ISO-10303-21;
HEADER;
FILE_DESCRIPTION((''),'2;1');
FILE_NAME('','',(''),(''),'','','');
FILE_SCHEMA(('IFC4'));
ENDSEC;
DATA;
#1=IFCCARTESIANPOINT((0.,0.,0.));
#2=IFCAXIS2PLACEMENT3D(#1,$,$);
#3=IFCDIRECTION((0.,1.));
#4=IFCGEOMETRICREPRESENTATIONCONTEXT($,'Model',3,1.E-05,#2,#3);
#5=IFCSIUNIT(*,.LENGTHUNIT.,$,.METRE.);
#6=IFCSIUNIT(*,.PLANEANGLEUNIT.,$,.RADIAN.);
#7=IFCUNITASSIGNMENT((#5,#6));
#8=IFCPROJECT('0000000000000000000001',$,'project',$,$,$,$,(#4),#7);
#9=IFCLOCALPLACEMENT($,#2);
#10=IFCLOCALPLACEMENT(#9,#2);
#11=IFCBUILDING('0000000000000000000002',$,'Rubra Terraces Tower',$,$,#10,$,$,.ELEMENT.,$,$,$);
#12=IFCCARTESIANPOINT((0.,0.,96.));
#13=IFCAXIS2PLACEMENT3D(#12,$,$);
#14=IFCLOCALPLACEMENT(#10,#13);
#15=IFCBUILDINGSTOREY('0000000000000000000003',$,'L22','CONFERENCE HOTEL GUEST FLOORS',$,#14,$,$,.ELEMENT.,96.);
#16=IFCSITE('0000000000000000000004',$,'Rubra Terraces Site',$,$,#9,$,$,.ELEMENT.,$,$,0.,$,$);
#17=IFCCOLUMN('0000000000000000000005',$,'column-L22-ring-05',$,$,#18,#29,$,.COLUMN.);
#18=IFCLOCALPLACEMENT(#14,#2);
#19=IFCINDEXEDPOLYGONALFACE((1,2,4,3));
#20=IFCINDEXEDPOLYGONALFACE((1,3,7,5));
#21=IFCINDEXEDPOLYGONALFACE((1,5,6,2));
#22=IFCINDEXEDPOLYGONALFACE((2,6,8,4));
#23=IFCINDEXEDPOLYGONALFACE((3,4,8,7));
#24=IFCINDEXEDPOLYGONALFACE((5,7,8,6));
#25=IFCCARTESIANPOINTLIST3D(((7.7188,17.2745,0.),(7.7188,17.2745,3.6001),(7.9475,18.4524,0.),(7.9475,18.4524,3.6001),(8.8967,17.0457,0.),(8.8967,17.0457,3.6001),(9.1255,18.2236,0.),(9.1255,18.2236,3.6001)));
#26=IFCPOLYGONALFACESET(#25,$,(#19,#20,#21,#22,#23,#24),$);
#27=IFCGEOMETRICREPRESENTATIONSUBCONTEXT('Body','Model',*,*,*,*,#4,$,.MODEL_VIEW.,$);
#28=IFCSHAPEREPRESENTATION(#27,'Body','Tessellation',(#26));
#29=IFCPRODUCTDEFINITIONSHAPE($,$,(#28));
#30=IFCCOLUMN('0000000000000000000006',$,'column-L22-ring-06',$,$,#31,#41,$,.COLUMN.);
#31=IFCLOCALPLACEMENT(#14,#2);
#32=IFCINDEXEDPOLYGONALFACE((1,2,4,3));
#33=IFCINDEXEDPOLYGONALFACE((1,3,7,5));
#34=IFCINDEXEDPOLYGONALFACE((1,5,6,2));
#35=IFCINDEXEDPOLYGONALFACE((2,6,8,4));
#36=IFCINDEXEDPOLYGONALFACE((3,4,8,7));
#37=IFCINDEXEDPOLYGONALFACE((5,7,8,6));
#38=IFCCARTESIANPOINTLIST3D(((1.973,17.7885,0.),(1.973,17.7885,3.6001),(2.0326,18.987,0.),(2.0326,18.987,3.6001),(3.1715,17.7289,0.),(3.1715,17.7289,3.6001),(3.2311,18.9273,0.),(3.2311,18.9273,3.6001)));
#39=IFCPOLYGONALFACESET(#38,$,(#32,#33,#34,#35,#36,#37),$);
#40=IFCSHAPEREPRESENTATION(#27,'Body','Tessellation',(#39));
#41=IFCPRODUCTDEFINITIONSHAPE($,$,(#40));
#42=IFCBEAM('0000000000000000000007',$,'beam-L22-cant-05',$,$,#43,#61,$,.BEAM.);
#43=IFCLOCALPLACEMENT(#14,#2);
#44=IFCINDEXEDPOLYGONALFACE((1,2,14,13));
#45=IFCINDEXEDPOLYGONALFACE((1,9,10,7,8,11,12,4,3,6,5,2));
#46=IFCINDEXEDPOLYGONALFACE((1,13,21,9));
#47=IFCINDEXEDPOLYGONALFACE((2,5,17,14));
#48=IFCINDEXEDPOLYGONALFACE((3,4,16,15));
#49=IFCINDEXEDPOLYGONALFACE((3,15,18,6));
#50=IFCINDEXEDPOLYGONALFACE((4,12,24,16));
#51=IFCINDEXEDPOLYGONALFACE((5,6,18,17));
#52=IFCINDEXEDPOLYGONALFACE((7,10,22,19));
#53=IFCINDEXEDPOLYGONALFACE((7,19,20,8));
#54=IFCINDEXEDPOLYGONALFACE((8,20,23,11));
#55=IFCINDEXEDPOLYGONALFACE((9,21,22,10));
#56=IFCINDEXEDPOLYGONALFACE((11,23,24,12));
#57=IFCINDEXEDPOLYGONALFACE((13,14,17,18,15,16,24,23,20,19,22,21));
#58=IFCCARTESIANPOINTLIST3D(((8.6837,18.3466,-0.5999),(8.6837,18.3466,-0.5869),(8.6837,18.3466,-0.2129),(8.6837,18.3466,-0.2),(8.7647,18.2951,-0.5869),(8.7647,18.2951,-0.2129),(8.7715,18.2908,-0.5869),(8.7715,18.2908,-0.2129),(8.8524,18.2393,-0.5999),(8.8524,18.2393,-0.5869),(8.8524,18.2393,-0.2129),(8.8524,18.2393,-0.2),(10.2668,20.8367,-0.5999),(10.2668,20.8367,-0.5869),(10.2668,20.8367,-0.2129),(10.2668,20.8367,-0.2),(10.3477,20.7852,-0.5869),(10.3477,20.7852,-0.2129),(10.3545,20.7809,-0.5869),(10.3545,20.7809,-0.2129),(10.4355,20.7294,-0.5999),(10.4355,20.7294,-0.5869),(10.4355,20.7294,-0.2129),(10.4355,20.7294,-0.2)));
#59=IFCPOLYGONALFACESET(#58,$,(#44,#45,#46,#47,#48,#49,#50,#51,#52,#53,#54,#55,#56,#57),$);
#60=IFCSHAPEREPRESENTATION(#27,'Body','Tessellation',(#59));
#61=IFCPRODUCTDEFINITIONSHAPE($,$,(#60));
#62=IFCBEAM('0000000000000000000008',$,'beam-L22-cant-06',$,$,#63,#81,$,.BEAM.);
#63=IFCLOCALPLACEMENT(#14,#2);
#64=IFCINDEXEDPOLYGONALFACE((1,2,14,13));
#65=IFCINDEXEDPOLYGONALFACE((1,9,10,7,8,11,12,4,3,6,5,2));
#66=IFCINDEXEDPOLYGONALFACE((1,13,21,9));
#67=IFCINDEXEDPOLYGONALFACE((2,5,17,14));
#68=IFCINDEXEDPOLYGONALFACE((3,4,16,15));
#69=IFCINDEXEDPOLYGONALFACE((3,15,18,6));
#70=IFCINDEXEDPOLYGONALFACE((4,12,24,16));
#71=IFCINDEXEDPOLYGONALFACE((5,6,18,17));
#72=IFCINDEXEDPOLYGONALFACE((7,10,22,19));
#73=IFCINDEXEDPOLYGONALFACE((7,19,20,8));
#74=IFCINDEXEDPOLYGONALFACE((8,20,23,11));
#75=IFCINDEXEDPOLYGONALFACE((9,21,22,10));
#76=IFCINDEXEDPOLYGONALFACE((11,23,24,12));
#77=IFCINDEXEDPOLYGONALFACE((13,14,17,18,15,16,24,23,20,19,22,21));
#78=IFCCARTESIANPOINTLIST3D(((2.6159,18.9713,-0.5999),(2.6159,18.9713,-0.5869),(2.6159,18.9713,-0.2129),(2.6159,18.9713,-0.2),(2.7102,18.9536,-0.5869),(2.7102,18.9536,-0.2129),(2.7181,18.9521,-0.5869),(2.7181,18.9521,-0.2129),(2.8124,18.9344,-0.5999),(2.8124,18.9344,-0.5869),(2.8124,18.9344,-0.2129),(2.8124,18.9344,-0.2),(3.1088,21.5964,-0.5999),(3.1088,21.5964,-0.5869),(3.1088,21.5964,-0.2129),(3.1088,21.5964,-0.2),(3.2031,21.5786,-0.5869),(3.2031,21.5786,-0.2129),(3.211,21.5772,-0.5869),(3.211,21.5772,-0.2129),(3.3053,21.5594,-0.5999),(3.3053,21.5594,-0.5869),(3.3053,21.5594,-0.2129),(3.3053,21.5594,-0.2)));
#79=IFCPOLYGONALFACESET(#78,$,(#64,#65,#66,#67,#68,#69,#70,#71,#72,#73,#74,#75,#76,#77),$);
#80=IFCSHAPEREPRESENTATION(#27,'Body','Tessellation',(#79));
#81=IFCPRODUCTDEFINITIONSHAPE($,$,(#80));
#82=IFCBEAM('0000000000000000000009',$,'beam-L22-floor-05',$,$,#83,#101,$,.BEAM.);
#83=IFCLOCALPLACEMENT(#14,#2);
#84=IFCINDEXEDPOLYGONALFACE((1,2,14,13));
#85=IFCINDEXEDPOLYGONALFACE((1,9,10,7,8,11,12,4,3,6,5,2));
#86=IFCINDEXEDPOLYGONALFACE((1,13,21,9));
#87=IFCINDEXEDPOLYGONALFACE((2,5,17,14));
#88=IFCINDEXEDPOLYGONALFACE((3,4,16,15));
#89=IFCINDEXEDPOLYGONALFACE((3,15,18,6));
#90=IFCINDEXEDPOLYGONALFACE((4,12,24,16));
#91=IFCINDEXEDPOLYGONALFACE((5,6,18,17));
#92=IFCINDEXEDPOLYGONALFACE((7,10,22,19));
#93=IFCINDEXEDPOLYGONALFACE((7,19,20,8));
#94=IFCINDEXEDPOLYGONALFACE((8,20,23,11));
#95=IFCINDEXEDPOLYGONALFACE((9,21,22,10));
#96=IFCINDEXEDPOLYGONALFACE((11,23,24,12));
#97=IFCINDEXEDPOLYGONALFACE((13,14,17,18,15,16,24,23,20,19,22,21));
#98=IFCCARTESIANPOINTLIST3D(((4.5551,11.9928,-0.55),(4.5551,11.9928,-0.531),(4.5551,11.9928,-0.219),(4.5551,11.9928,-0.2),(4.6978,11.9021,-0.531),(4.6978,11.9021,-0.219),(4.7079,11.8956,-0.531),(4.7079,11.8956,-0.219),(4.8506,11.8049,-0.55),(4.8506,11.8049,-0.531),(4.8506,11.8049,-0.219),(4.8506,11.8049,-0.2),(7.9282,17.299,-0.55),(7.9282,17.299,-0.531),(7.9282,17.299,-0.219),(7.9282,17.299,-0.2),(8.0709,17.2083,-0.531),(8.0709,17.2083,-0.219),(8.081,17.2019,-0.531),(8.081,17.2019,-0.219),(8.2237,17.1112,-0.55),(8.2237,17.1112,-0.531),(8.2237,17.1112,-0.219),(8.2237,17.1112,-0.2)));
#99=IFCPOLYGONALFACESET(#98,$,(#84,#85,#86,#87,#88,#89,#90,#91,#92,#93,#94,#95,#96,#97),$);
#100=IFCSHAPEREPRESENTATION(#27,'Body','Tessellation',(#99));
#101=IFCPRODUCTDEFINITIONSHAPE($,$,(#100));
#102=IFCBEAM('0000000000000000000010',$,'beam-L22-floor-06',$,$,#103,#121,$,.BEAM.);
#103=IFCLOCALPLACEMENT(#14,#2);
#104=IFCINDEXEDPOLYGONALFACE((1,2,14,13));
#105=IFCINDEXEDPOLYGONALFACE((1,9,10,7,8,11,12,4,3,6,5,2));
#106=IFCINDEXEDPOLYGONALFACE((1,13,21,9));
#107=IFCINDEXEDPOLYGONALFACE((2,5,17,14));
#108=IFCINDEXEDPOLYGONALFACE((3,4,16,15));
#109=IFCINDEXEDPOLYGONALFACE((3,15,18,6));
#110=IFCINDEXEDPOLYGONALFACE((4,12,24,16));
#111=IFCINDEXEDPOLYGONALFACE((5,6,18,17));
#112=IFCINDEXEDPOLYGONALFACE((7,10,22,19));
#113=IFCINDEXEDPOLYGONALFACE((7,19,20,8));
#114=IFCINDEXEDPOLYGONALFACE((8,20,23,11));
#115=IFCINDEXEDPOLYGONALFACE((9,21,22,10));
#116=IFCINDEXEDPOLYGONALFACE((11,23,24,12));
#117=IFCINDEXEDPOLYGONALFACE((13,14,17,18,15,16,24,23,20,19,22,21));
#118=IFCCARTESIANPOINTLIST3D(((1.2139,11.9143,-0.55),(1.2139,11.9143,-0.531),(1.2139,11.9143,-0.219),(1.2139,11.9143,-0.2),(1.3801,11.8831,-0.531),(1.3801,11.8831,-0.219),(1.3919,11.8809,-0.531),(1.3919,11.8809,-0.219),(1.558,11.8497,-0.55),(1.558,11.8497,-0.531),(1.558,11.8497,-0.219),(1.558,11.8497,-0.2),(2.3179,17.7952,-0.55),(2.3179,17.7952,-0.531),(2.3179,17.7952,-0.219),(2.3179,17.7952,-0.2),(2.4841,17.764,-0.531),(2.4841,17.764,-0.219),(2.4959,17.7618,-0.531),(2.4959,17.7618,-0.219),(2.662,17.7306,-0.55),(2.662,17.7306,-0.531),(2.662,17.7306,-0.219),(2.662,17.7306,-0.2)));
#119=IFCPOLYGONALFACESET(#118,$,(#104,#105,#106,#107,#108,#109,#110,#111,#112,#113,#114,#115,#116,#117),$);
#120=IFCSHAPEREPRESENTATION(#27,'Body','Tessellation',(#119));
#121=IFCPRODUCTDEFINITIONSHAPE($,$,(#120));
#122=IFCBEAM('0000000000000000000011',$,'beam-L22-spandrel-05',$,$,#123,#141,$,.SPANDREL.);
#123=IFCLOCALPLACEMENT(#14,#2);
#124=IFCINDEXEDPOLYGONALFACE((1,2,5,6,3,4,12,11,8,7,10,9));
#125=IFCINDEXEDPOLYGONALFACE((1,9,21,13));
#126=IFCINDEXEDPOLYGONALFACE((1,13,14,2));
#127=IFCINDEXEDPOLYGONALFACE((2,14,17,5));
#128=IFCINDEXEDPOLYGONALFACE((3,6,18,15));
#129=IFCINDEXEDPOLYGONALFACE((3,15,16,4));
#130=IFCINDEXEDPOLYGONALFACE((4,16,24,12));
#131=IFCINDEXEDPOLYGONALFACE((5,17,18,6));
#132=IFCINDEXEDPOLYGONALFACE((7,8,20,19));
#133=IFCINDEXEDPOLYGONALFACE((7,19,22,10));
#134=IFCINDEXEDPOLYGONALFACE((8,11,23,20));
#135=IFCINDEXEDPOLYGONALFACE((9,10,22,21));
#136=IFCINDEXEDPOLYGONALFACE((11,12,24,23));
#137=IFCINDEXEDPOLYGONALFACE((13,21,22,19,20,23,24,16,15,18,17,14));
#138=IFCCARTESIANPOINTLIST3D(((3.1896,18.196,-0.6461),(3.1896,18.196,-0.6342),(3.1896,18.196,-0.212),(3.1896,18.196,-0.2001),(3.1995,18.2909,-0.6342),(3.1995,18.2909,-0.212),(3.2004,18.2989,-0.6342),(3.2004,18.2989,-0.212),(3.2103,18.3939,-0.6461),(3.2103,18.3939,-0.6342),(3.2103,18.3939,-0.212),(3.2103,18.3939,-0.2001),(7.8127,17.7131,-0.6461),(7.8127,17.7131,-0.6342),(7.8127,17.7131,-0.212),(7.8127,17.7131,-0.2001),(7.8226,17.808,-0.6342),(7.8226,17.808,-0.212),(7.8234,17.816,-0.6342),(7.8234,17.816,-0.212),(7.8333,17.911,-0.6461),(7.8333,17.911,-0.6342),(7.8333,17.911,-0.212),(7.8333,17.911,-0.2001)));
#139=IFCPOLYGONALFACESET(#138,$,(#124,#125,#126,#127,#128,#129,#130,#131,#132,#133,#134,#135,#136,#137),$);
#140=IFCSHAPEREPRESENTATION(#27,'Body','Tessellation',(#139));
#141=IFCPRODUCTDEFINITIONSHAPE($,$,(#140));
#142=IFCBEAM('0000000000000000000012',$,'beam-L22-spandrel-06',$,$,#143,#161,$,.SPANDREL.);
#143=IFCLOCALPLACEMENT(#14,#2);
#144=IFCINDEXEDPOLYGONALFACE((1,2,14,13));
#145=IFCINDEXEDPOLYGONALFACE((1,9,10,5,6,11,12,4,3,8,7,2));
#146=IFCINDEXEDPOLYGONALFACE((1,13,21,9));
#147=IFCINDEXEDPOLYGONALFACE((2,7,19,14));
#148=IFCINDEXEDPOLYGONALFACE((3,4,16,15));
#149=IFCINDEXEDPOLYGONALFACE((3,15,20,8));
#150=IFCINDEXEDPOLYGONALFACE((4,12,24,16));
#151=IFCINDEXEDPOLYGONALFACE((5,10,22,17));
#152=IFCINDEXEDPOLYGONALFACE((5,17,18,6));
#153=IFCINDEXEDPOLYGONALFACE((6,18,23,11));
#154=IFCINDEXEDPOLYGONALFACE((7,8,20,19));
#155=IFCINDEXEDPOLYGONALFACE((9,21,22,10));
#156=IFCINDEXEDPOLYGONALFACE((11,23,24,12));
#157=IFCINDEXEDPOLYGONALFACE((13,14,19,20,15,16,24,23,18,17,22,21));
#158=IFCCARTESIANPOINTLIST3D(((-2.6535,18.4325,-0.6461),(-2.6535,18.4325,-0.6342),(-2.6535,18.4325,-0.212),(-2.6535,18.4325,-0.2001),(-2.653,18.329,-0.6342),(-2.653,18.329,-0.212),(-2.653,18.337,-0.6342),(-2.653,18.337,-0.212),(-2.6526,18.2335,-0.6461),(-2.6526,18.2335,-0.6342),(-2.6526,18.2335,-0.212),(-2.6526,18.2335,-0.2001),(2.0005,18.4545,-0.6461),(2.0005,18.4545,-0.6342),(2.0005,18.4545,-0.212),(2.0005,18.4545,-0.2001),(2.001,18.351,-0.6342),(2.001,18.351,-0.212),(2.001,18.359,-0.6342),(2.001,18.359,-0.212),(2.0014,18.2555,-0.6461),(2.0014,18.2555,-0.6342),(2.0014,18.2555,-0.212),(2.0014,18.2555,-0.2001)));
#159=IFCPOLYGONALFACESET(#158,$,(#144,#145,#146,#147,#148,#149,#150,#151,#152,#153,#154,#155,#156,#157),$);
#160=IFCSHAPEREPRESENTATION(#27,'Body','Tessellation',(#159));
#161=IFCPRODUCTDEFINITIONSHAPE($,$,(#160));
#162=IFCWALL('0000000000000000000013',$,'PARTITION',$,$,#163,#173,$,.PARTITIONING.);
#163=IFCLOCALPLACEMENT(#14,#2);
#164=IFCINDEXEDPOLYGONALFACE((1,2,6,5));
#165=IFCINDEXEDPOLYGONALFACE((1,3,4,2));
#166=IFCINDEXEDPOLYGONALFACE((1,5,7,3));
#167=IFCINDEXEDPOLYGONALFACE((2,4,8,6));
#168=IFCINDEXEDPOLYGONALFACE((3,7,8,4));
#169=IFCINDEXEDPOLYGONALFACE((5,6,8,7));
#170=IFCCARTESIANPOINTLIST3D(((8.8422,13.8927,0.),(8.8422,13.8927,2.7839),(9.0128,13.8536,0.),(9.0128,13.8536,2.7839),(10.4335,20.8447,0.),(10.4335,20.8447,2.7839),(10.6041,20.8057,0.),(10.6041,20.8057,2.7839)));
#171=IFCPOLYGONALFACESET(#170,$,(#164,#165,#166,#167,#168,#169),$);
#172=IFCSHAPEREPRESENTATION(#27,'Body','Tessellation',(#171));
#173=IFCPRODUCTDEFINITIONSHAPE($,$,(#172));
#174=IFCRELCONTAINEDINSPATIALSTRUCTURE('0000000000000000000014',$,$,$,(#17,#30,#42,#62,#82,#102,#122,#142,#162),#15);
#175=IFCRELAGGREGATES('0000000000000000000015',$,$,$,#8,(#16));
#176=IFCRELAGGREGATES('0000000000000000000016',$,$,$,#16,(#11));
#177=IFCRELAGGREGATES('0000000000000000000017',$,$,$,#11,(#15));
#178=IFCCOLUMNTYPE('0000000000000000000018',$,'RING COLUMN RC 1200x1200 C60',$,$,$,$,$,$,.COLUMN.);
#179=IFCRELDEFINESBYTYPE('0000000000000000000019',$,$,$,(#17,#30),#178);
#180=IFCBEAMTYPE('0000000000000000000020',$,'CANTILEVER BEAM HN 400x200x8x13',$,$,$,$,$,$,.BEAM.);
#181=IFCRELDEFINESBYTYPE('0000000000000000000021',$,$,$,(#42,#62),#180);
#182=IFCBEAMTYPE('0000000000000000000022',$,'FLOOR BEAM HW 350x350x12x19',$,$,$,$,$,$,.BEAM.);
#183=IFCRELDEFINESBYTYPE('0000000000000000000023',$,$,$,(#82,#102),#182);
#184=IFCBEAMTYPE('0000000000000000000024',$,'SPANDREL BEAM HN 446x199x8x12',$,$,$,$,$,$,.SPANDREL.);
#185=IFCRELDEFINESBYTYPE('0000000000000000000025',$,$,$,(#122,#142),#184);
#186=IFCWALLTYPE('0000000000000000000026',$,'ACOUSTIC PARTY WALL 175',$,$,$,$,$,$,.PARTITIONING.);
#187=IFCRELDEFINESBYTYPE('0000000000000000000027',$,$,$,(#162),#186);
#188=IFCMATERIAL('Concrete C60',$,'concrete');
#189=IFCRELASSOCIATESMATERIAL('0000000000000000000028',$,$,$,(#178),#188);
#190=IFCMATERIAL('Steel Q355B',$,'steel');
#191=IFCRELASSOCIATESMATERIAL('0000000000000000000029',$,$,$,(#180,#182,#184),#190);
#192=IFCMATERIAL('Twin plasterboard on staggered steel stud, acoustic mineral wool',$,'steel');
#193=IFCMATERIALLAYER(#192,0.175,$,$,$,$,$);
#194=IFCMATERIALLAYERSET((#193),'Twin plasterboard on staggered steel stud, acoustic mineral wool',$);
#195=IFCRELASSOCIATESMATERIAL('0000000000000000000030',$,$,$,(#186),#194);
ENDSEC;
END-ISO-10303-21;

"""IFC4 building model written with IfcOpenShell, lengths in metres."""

from ifc_helpers import new_model, si_unit, direction, frame, frame_2d, origin, origin_2d, place, context, subcontext, project, spatial, rectangle, i_section, extrude, material, layer, layer_set, material_profile, profile_set, type_object, element, save


model = new_model("IFC4")

# Units and contexts
model_context = context("Model", 3, precision=1e-05, world=origin(), true_north=direction((0.0, 1.0)))
body_context = subcontext(model_context, "Body", "Model", "MODEL_VIEW")
ifc_project = project(units=[si_unit("LENGTHUNIT", "METRE"), si_unit("PLANEANGLEUNIT", "RADIAN")], contexts=[model_context])

# Site, building, storey
site_placement = place(None, origin())
site = spatial("IfcSite", under=ifc_project, at=site_placement, Name="Rubra Terraces Site", CompositionType="ELEMENT", RefElevation=0.0)
building_placement = place(site_placement, origin())
building = spatial("IfcBuilding", under=site, at=building_placement, Name="Rubra Terraces Tower", CompositionType="ELEMENT")
storey_placement = place(building_placement, frame((0.0, 0.0, 96.0)))
storey = spatial("IfcBuildingStorey", under=building, at=storey_placement, Name="L22", Description="CONFERENCE HOTEL GUEST FLOORS", CompositionType="ELEMENT", Elevation=96.0)

# Columns
ifc_material_1 = material(Name="Concrete C60", Category="concrete")
ifc_material_profile_1 = material_profile(ifc_material_1, rectangle(XDim=1.2, YDim=1.2, at=origin_2d()), Name="RC 1200x1200")
ifc_profile_set_1 = profile_set([ifc_material_profile_1], Name="Concrete C60")
column_type = type_object("IfcColumnType", Name="RING COLUMN RC 1200x1200 C60", PredefinedType="COLUMN", material=ifc_profile_set_1)
for number, where, z_axis, x_axis, name in (
    (1, (8.4221, 17.749, 0.0), (0.0, 0.0, 1.0), (-0.981655, 0.190668, 0.0), "column-L22-ring-05"),
    (2, (2.6021, 18.3579, 0.0), (0.0, 0.0, 1.0), (-0.998764, 0.049699, 0.0), "column-L22-ring-06"),
):
    element("IfcColumn", number, at=place(storey_placement, frame(where, z_axis=z_axis, x_axis=x_axis)), inside=storey, type_object=column_type, Name=name, PredefinedType="COLUMN", context=body_context, shape_type="SweptSolid", body=[
        extrude(rectangle(XDim=1.2, YDim=1.2, at=origin_2d()), origin(), (0.0, 0.0, 1.0), 3.6001),
    ])

# Beams
ifc_material_2 = material(Name="Steel Q355B", Category="steel")
ifc_material_profile_2 = material_profile(ifc_material_2, i_section(OverallWidth=0.2, OverallDepth=0.3999, WebThickness=0.0081, FlangeThickness=0.0129, at=origin_2d()), Name="HN 400x200x8x13")
ifc_profile_set_2 = profile_set([ifc_material_profile_2], Name="Steel Q355B")
beam_type_1 = type_object("IfcBeamType", Name="CANTILEVER BEAM HN 400x200x8x13", PredefinedType="BEAM", material=ifc_profile_set_2)
beam_1_placement = place(storey_placement, frame((8.7681, 18.293, -0.3999), z_axis=(0.536506, 0.843896, 0.0), x_axis=(-0.843896, 0.536506, 0.0)))
element("IfcBeam", 3, at=beam_1_placement, inside=storey, type_object=beam_type_1, Name="beam-L22-cant-05", PredefinedType="BEAM", context=body_context, shape_type="SweptSolid", body=[
    extrude(i_section(OverallWidth=0.2, OverallDepth=0.3999, WebThickness=0.0081, FlangeThickness=0.0129, at=origin_2d()), origin(), (0.0, 0.0, 1.0), 2.9507),
])
beam_2_placement = place(storey_placement, frame((2.7141, 18.9529, -0.3999), z_axis=(0.184553, 0.982822, 0.0), x_axis=(-0.982822, 0.184553, 0.0)))
element("IfcBeam", 4, at=beam_2_placement, inside=storey, type_object=beam_type_1, Name="beam-L22-cant-06", PredefinedType="BEAM", context=body_context, shape_type="SweptSolid", body=[
    extrude(i_section(OverallWidth=0.2, OverallDepth=0.3999, WebThickness=0.0081, FlangeThickness=0.0129, at=origin_2d()), origin(), (0.0, 0.0, 1.0), 2.6709),
])
ifc_material_profile_3 = material_profile(ifc_material_2, i_section(OverallWidth=0.3501, OverallDepth=0.3501, WebThickness=0.012, FlangeThickness=0.019, at=origin_2d()), Name="HW 350x350x12x19")
ifc_profile_set_3 = profile_set([ifc_material_profile_3], Name="Steel Q355B")
beam_type_2 = type_object("IfcBeamType", Name="FLOOR BEAM HW 350x350x12x19", PredefinedType="BEAM", material=ifc_profile_set_3)
beam_3_placement = place(storey_placement, frame((8.0759, 17.2051, -0.375), z_axis=(-0.536468, -0.84392, 0.0), x_axis=(0.84392, -0.536468, 0.0)))
element("IfcBeam", 5, at=beam_3_placement, inside=storey, type_object=beam_type_2, Name="beam-L22-floor-05", PredefinedType="BEAM", context=body_context, shape_type="SweptSolid", body=[
    extrude(i_section(OverallWidth=0.3501, OverallDepth=0.3501, WebThickness=0.012, FlangeThickness=0.019, at=origin_2d()), origin(), (0.0, 0.0, 1.0), 6.2876),
])
beam_4_placement = place(storey_placement, frame((2.49, 17.7629, -0.375), z_axis=(-0.184505, -0.982832, 0.0), x_axis=(0.982832, -0.184505, 0.0)))
element("IfcBeam", 6, at=beam_4_placement, inside=storey, type_object=beam_type_2, Name="beam-L22-floor-06", PredefinedType="BEAM", context=body_context, shape_type="SweptSolid", body=[
    extrude(i_section(OverallWidth=0.3501, OverallDepth=0.3501, WebThickness=0.012, FlangeThickness=0.019, at=origin_2d()), origin(), (0.0, 0.0, 1.0), 5.9836),
])
ifc_material_profile_4 = material_profile(ifc_material_2, i_section(OverallWidth=0.199, OverallDepth=0.446, WebThickness=0.0081, FlangeThickness=0.012, at=origin_2d()), Name="HN 446x199x8x12")
ifc_profile_set_4 = profile_set([ifc_material_profile_4], Name="Steel Q355B")
beam_type_3 = type_object("IfcBeamType", Name="SPANDREL BEAM HN 446x199x8x12", PredefinedType="SPANDREL", material=ifc_profile_set_4)
beam_5_placement = place(storey_placement, frame((7.823, 17.812, -0.4231), z_axis=(-0.994589, 0.103892, 0.0), x_axis=(-0.103892, -0.994589, 0.0)))
element("IfcBeam", 7, at=beam_5_placement, inside=storey, type_object=beam_type_3, Name="beam-L22-spandrel-05", PredefinedType="SPANDREL", context=body_context, shape_type="SweptSolid", body=[
    extrude(i_section(OverallWidth=0.199, OverallDepth=0.446, WebThickness=0.0081, FlangeThickness=0.012, at=origin_2d()), origin(), (0.0, 0.0, 1.0), 4.6482),
])
beam_6_placement = place(storey_placement, frame((2.001, 18.355, -0.4231), z_axis=(-0.999989, -0.004721, 0.0), x_axis=(0.004721, -0.999989, 0.0)))
element("IfcBeam", 8, at=beam_6_placement, inside=storey, type_object=beam_type_3, Name="beam-L22-spandrel-06", PredefinedType="SPANDREL", context=body_context, shape_type="SweptSolid", body=[
    extrude(i_section(OverallWidth=0.199, OverallDepth=0.446, WebThickness=0.0081, FlangeThickness=0.012, at=origin_2d()), origin(), (0.0, 0.0, 1.0), 4.6541),
])

# Wall
ifc_material_3 = material(Name="Twin plasterboard on staggered steel stud, acoustic mineral wool", Category="steel")
ifc_layer_1 = layer(ifc_material_3, 0.175)
ifc_layer_set_1 = layer_set([ifc_layer_1], Name="Twin plasterboard on staggered steel stud, acoustic mineral wool")
wall_type_1 = type_object("IfcWallType", Name="ACOUSTIC PARTY WALL 175", PredefinedType="PARTITIONING", material=ifc_layer_set_1)
wall_1_placement = place(storey_placement, frame((10.5188, 20.8252, 0.0), z_axis=(0.0, 0.0, 1.0), x_axis=(-0.223124, -0.97479, 0.0)))
element("IfcWall", 9, at=wall_1_placement, inside=storey, type_object=wall_type_1, Name="PARTITION", PredefinedType="PARTITIONING", context=body_context, shape_type="SweptSolid", body=[
    extrude(rectangle(XDim=7.1318, YDim=0.175, at=frame_2d((3.5659, 0.0))), origin(), (0.0, 0.0, 1.0), 2.7839),
])

save(model, "model.ifc")
